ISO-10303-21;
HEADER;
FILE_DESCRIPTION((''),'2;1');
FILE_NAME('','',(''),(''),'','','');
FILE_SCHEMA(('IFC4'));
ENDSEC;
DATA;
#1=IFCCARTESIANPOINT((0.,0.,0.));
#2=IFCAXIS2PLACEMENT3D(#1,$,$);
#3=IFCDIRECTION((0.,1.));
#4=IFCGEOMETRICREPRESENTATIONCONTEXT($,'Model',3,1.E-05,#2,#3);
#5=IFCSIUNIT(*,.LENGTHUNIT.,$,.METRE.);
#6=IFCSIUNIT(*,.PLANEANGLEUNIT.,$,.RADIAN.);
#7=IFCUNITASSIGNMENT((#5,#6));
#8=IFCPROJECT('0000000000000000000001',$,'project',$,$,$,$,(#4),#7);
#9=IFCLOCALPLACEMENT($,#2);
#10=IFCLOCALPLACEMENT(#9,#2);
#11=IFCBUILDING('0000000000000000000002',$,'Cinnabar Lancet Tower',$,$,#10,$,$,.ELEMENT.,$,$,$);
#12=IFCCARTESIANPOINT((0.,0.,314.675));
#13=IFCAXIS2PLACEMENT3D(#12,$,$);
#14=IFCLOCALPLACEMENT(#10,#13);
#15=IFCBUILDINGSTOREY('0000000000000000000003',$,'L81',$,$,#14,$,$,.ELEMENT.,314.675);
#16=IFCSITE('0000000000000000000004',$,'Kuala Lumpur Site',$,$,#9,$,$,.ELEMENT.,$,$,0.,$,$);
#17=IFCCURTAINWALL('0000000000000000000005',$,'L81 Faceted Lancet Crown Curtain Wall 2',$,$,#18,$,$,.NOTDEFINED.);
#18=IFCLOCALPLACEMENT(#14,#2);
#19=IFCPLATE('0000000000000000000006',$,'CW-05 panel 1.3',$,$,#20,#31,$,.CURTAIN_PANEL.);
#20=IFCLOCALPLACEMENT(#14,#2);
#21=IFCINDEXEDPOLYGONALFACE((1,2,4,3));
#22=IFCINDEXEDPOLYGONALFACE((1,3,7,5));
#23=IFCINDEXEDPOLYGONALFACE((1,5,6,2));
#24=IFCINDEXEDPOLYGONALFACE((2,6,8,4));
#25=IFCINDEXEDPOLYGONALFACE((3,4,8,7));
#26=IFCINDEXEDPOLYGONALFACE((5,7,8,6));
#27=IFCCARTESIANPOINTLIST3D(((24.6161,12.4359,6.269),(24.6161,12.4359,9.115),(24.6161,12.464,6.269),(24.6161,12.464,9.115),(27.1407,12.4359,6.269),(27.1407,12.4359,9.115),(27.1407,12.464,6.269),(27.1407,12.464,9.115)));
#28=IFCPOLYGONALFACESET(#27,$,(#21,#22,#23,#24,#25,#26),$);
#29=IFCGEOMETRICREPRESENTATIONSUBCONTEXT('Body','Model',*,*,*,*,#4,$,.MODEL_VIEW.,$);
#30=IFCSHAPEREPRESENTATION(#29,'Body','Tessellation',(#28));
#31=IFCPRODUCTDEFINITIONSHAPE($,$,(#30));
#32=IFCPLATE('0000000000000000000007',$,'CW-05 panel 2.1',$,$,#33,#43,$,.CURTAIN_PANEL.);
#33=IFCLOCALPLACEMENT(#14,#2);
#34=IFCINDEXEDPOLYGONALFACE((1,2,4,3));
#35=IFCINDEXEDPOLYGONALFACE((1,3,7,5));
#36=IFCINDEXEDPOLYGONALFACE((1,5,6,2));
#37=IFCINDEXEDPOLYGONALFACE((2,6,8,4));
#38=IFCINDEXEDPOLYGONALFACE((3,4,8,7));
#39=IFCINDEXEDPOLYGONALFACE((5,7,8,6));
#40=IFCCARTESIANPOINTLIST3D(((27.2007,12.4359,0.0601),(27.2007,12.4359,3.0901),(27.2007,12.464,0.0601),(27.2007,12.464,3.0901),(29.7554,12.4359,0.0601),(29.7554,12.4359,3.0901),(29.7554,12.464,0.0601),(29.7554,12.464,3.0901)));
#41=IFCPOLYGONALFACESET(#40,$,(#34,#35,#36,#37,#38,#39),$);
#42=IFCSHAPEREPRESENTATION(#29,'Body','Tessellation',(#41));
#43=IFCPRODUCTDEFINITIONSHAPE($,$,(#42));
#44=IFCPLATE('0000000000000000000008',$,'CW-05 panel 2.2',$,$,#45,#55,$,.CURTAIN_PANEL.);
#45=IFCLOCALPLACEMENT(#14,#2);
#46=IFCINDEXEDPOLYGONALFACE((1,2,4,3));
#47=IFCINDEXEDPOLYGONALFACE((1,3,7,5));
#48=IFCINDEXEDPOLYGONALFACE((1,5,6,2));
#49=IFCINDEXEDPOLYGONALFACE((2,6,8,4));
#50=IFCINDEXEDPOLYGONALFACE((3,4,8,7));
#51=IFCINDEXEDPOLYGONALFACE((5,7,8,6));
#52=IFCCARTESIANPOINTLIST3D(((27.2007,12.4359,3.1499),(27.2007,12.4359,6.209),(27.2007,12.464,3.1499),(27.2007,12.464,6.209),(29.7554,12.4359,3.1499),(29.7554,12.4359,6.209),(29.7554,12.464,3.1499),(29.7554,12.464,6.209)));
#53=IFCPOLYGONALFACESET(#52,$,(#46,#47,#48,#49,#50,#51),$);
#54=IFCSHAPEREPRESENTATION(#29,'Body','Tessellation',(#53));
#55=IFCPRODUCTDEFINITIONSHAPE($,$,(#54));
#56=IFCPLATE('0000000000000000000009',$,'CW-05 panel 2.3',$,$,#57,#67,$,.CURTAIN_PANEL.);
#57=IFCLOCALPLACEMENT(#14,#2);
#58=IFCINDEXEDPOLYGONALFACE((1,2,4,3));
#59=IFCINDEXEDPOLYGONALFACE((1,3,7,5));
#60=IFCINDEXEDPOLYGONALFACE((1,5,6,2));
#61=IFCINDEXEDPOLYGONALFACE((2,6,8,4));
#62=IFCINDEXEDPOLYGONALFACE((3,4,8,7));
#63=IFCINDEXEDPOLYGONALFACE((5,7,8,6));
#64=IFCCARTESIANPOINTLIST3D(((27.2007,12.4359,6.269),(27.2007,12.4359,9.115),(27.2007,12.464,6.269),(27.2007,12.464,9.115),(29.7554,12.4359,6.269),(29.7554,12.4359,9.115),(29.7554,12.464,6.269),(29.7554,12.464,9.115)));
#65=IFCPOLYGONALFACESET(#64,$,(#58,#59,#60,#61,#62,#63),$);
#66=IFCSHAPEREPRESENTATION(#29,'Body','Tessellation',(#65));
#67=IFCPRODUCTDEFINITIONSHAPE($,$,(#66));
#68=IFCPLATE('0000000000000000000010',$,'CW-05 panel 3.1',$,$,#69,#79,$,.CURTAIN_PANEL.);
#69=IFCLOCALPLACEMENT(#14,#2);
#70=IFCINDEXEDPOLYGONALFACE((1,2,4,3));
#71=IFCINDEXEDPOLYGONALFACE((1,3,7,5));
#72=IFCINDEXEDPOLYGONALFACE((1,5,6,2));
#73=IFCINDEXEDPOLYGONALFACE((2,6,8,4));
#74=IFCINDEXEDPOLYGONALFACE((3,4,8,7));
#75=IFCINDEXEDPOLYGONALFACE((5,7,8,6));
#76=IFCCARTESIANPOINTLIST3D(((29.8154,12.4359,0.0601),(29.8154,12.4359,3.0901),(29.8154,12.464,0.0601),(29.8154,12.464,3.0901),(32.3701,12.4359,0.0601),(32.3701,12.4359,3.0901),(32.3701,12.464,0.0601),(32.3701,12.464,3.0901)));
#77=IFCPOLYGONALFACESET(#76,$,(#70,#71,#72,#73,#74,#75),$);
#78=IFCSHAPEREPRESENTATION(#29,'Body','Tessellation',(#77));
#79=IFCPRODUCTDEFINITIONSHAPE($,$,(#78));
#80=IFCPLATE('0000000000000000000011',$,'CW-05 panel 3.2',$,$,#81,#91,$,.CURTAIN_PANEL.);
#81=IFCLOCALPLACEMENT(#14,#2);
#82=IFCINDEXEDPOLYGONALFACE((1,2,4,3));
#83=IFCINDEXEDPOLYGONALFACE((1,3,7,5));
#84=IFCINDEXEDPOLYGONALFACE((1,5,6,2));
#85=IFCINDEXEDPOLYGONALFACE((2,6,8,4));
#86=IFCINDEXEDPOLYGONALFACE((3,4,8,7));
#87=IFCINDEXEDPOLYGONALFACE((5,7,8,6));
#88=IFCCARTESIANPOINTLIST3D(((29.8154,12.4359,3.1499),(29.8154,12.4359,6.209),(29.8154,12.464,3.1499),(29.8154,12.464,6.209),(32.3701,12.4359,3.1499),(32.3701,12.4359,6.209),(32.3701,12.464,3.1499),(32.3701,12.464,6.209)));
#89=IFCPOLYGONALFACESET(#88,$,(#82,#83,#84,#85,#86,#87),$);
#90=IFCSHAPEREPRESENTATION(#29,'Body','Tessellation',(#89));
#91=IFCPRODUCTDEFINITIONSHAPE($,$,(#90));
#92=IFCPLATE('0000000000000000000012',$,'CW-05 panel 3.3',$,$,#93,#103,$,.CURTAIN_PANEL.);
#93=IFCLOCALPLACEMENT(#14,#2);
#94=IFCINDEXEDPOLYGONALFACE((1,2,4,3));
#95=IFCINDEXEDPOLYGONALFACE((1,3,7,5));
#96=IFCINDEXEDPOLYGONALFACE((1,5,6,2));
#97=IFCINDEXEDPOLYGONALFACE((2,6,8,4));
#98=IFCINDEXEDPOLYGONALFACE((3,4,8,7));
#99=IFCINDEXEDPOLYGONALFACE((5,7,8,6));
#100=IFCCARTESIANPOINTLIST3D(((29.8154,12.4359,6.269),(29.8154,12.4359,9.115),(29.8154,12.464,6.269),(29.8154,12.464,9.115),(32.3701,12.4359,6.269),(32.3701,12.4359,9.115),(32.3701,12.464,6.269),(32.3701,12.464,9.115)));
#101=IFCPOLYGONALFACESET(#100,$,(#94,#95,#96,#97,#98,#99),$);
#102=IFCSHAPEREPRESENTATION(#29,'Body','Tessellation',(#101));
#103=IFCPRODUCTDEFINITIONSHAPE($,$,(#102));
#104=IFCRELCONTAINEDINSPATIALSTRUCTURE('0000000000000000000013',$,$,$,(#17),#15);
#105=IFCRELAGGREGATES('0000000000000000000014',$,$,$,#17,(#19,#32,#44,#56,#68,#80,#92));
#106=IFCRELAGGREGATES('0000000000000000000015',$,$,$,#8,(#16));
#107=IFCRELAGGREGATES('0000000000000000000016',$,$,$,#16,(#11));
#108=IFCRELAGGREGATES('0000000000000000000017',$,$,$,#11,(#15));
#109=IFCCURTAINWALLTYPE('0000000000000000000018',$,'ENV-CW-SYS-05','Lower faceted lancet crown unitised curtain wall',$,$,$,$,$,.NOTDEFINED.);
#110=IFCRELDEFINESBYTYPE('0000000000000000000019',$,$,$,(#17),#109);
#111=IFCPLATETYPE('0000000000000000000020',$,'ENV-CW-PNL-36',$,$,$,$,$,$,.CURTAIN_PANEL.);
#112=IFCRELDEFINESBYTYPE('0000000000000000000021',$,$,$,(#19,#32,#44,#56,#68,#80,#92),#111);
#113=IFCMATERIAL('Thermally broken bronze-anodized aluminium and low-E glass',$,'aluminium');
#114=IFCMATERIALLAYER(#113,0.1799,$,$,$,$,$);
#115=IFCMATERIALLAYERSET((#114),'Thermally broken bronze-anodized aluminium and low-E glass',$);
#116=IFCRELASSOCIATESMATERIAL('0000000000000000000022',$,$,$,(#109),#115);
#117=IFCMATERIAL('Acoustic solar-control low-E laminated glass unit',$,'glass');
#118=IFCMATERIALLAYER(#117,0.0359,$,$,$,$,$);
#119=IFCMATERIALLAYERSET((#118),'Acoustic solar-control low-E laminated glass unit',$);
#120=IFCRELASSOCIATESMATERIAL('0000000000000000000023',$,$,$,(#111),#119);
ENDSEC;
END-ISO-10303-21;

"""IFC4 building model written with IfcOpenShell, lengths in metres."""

from ifc_helpers import new_model, si_unit, direction, frame, origin, origin_2d, place, context, subcontext, project, spatial, rectangle, extrude, material, layer, layer_set, type_object, element, aggregate, save


model = new_model("IFC4")

# Units and contexts
model_context = context("Model", 3, precision=1e-05, world=origin(), true_north=direction((0.0, 1.0)))
body_context = subcontext(model_context, "Body", "Model", "MODEL_VIEW")
ifc_project = project(units=[si_unit("LENGTHUNIT", "METRE"), si_unit("PLANEANGLEUNIT", "RADIAN")], contexts=[model_context])

# Site, building, storey
site_placement = place(None, origin())
site = spatial("IfcSite", under=ifc_project, at=site_placement, Name="Kuala Lumpur Site", CompositionType="ELEMENT", RefElevation=0.0)
building_placement = place(site_placement, origin())
building = spatial("IfcBuilding", under=site, at=building_placement, Name="Cinnabar Lancet Tower", CompositionType="ELEMENT")
storey_placement = place(building_placement, frame((0.0, 0.0, 314.675)))
storey = spatial("IfcBuildingStorey", under=building, at=storey_placement, Name="L81", CompositionType="ELEMENT", Elevation=314.675)

# Shared definitions
ifc_material_1 = material(Name="Thermally broken bronze-anodized aluminium and low-E glass", Category="aluminium")
ifc_layer_1 = layer(ifc_material_1, 0.1799)
ifc_layer_set_1 = layer_set([ifc_layer_1], Name="Thermally broken bronze-anodized aluminium and low-E glass")
curtain_wall_type = type_object("IfcCurtainWallType", Name="ENV-CW-SYS-05", Description="Lower faceted lancet crown unitised curtain wall", PredefinedType="NOTDEFINED", material=ifc_layer_set_1)

# Curtain wall
curtain_wall_1_placement = place(storey_placement, origin())
curtain_wall_1 = element("IfcCurtainWall", 1, at=curtain_wall_1_placement, inside=storey, type_object=curtain_wall_type, Name="L81 Faceted Lancet Crown Curtain Wall 2", PredefinedType="NOTDEFINED")

# Plates
ifc_material_2 = material(Name="Acoustic solar-control low-E laminated glass unit", Category="glass")
ifc_layer_2 = layer(ifc_material_2, 0.0359)
ifc_layer_set_2 = layer_set([ifc_layer_2], Name="Acoustic solar-control low-E laminated glass unit")
plate_type = type_object("IfcPlateType", Name="ENV-CW-PNL-36", PredefinedType="CURTAIN_PANEL", material=ifc_layer_set_2)
plate_1_placement = place(storey_placement, frame((25.8784, 12.45, 6.269), z_axis=(0.0, 0.0, 1.0), x_axis=(1.0, 0.0, 0.0)))
plate_1 = element("IfcPlate", 2, at=plate_1_placement, type_object=plate_type, Name="CW-05 panel 1.3", PredefinedType="CURTAIN_PANEL", context=body_context, shape_type="SweptSolid", body=[
    extrude(rectangle(XDim=2.5247, YDim=0.0281, at=origin_2d()), origin(), (0.0, 0.0, 1.0), 2.8459),
])
plate_2_placement = place(storey_placement, frame((28.478, 12.45, 0.0601), z_axis=(0.0, 0.0, 1.0), x_axis=(1.0, 0.0, 0.0)))
plate_2 = element("IfcPlate", 3, at=plate_2_placement, type_object=plate_type, Name="CW-05 panel 2.1", PredefinedType="CURTAIN_PANEL", context=body_context, shape_type="SweptSolid", body=[
    extrude(rectangle(XDim=2.5547, YDim=0.0281, at=origin_2d()), origin(), (0.0, 0.0, 1.0), 3.03),
])
plate_3_placement = place(storey_placement, frame((28.478, 12.45, 3.1499), z_axis=(0.0, 0.0, 1.0), x_axis=(1.0, 0.0, 0.0)))
plate_3 = element("IfcPlate", 4, at=plate_3_placement, type_object=plate_type, Name="CW-05 panel 2.2", PredefinedType="CURTAIN_PANEL", context=body_context, shape_type="SweptSolid", body=[
    extrude(rectangle(XDim=2.5547, YDim=0.0281, at=origin_2d()), origin(), (0.0, 0.0, 1.0), 3.0591),
])
plate_4_placement = place(storey_placement, frame((28.478, 12.45, 6.269), z_axis=(0.0, 0.0, 1.0), x_axis=(1.0, 0.0, 0.0)))
plate_4 = element("IfcPlate", 5, at=plate_4_placement, type_object=plate_type, Name="CW-05 panel 2.3", PredefinedType="CURTAIN_PANEL", context=body_context, shape_type="SweptSolid", body=[
    extrude(rectangle(XDim=2.5547, YDim=0.0281, at=origin_2d()), origin(), (0.0, 0.0, 1.0), 2.8459),
])
plate_5_placement = place(storey_placement, frame((31.0928, 12.45, 0.0601), z_axis=(0.0, 0.0, 1.0), x_axis=(1.0, 0.0, 0.0)))
plate_5 = element("IfcPlate", 6, at=plate_5_placement, type_object=plate_type, Name="CW-05 panel 3.1", PredefinedType="CURTAIN_PANEL", context=body_context, shape_type="SweptSolid", body=[
    extrude(rectangle(XDim=2.5547, YDim=0.0281, at=origin_2d()), origin(), (0.0, 0.0, 1.0), 3.03),
])
plate_6_placement = place(storey_placement, frame((31.0928, 12.45, 3.1499), z_axis=(0.0, 0.0, 1.0), x_axis=(1.0, 0.0, 0.0)))
plate_6 = element("IfcPlate", 7, at=plate_6_placement, type_object=plate_type, Name="CW-05 panel 3.2", PredefinedType="CURTAIN_PANEL", context=body_context, shape_type="SweptSolid", body=[
    extrude(rectangle(XDim=2.5547, YDim=0.0281, at=origin_2d()), origin(), (0.0, 0.0, 1.0), 3.0591),
])
plate_7_placement = place(storey_placement, frame((31.0928, 12.45, 6.269), z_axis=(0.0, 0.0, 1.0), x_axis=(1.0, 0.0, 0.0)))
plate_7 = element("IfcPlate", 8, at=plate_7_placement, type_object=plate_type, Name="CW-05 panel 3.3", PredefinedType="CURTAIN_PANEL", context=body_context, shape_type="SweptSolid", body=[
    extrude(rectangle(XDim=2.5547, YDim=0.0281, at=origin_2d()), origin(), (0.0, 0.0, 1.0), 2.8459),
])
aggregate(curtain_wall_1, [plate_1, plate_2, plate_3, plate_4, plate_5, plate_6, plate_7])

save(model, "model.ifc")
